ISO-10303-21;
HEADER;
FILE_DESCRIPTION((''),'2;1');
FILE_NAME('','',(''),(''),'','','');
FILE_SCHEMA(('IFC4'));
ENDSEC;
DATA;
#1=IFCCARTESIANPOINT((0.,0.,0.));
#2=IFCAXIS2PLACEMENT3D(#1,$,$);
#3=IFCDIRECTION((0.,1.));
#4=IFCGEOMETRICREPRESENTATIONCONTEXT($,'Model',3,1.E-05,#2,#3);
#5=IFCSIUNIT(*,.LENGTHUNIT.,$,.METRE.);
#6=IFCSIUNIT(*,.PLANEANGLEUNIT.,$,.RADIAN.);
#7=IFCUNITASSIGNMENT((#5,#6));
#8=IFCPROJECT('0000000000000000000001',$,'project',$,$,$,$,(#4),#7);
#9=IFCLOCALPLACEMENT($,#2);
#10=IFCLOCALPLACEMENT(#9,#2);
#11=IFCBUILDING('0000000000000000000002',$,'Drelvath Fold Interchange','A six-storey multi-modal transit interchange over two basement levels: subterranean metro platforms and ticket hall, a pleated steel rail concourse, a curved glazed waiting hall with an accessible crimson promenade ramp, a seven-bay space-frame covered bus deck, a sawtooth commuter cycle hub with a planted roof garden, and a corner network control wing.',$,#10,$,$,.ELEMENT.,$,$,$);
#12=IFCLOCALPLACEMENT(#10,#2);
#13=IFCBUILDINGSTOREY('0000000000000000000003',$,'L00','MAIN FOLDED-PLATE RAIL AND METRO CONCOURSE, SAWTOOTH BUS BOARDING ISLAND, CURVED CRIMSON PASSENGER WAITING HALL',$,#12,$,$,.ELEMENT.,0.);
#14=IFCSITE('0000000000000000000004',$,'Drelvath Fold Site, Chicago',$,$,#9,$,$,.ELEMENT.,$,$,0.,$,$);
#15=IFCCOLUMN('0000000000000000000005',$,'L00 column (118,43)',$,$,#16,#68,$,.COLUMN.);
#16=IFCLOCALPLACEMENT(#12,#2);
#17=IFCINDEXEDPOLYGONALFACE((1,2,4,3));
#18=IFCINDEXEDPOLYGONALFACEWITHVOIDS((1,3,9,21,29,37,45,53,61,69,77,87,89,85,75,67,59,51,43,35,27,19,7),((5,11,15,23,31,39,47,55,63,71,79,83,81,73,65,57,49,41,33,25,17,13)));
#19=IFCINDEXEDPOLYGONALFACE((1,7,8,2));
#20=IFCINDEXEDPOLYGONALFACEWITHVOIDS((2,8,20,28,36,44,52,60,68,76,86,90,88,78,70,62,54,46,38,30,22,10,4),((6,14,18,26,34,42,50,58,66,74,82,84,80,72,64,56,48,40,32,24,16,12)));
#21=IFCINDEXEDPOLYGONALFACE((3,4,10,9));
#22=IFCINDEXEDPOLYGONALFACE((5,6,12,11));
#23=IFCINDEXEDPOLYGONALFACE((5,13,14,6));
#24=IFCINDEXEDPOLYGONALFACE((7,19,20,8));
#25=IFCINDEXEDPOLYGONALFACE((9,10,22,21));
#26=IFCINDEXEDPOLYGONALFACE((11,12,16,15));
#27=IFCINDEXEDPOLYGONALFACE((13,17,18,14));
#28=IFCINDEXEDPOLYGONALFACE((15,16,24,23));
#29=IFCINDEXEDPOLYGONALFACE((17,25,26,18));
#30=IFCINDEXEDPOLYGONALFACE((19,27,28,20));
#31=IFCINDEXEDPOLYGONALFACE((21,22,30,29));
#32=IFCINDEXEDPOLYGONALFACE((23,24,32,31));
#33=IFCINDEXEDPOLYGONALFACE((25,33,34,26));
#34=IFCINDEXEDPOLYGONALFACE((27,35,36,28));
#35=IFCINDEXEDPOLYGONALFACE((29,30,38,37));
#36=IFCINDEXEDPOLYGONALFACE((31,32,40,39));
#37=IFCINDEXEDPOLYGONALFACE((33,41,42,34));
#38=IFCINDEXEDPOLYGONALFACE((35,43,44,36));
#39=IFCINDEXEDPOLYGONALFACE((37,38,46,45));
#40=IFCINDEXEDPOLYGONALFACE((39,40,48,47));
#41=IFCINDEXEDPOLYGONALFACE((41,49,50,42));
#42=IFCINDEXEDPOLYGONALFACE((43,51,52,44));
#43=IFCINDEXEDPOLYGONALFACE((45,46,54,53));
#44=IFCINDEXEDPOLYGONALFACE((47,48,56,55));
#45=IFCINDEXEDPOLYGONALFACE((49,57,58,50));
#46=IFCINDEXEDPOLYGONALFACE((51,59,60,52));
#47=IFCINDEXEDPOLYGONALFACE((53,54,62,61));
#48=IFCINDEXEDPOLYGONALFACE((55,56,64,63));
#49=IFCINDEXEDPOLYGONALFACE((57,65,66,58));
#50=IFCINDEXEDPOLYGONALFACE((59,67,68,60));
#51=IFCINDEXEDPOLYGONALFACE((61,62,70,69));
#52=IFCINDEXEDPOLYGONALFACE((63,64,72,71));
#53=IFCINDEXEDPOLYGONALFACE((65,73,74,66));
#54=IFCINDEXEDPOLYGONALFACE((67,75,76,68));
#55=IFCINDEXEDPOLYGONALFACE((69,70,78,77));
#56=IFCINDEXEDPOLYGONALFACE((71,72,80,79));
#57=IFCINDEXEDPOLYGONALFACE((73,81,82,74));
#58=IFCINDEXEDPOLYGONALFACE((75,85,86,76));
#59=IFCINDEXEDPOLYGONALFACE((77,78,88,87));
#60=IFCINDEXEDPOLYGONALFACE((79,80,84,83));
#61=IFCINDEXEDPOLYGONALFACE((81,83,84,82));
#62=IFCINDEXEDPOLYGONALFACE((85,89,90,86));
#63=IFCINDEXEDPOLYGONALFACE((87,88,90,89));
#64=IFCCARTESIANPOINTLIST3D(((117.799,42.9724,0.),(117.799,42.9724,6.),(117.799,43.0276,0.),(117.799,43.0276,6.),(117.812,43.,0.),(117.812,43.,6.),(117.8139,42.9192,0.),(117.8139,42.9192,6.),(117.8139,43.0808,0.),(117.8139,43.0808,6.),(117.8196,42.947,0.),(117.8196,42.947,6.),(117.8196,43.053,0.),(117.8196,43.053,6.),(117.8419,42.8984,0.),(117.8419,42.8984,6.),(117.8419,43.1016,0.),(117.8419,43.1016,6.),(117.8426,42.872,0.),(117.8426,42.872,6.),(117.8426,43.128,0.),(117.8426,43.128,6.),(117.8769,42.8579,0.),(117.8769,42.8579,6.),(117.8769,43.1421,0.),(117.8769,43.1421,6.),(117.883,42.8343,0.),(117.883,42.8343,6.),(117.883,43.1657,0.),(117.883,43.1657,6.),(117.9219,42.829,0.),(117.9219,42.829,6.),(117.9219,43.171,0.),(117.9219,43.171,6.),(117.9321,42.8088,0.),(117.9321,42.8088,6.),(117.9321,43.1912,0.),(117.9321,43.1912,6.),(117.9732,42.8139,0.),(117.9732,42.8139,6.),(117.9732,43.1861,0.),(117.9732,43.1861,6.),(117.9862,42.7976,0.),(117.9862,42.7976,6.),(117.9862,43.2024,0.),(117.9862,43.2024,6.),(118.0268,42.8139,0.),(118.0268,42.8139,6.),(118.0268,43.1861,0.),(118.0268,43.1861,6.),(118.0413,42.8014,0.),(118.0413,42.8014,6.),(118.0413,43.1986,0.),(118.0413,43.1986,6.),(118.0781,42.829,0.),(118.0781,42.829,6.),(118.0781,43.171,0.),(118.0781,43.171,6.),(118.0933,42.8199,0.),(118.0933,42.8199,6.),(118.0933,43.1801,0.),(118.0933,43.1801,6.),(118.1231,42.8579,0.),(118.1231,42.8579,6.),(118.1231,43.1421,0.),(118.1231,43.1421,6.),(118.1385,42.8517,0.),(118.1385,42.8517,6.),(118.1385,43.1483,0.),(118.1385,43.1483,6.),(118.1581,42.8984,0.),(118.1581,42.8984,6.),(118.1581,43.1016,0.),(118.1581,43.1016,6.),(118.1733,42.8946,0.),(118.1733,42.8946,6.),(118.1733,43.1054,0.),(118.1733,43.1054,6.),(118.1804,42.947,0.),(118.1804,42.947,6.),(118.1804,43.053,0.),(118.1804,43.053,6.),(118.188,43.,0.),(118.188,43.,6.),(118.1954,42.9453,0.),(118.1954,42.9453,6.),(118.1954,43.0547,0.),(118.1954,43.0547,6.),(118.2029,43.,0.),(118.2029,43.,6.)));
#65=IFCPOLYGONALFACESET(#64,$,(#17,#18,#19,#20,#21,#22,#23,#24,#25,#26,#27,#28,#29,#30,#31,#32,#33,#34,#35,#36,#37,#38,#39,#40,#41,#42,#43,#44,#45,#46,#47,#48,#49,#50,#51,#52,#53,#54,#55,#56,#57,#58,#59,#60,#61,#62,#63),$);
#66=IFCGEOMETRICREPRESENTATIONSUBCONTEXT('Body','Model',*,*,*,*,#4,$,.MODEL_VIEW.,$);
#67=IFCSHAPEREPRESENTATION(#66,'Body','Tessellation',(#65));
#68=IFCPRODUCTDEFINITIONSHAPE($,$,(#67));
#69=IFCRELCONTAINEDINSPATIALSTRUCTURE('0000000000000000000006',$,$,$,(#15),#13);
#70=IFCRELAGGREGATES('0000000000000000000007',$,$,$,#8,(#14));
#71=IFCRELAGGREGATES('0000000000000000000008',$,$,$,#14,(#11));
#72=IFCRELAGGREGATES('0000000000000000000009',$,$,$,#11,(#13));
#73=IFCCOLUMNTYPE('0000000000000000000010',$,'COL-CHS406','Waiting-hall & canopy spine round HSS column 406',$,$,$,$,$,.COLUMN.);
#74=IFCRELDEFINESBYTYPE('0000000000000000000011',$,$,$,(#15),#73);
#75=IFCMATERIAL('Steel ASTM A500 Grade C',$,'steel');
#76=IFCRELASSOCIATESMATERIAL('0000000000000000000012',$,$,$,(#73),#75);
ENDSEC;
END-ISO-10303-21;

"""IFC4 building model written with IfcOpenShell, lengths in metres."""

from ifc_helpers import new_model, si_unit, direction, frame, origin, origin_2d, place, context, subcontext, project, spatial, hollow_circle, extrude, material, material_profile, profile_set, type_object, element, save


model = new_model("IFC4")

# Units and contexts
model_context = context("Model", 3, precision=1e-05, world=origin(), true_north=direction((0.0, 1.0)))
body_context = subcontext(model_context, "Body", "Model", "MODEL_VIEW")
ifc_project = project(units=[si_unit("LENGTHUNIT", "METRE"), si_unit("PLANEANGLEUNIT", "RADIAN")], contexts=[model_context])

# Site, building, storey
site_placement = place(None, origin())
site = spatial("IfcSite", under=ifc_project, at=site_placement, Name="Drelvath Fold Site, Chicago", CompositionType="ELEMENT", RefElevation=0.0)
building_placement = place(site_placement, origin())
building = spatial("IfcBuilding", under=site, at=building_placement, Name="Drelvath Fold Interchange", Description="A six-storey multi-modal transit interchange over two basement levels: subterranean metro platforms and ticket hall, a pleated steel rail concourse, a curved glazed waiting hall with an accessible crimson promenade ramp, a seven-bay space-frame covered bus deck, a sawtooth commuter cycle hub with a planted roof garden, and a corner network control wing.", CompositionType="ELEMENT")
storey_placement = place(building_placement, origin())
storey = spatial("IfcBuildingStorey", under=building, at=storey_placement, Name="L00", Description="MAIN FOLDED-PLATE RAIL AND METRO CONCOURSE, SAWTOOTH BUS BOARDING ISLAND, CURVED CRIMSON PASSENGER WAITING HALL", CompositionType="ELEMENT", Elevation=0.0)

# Column
ifc_material_1 = material(Name="Steel ASTM A500 Grade C", Category="steel")
ifc_material_profile_1 = material_profile(ifc_material_1, hollow_circle(Radius=0.2029, WallThickness=0.0149, at=origin_2d()), Name="HSS16.000X0.625")
ifc_profile_set_1 = profile_set([ifc_material_profile_1], Name="Steel ASTM A500 Grade C")
column_type_1 = type_object("IfcColumnType", Name="COL-CHS406", Description="Waiting-hall & canopy spine round HSS column 406", PredefinedType="COLUMN", material=ifc_profile_set_1)
column_placement = place(storey_placement, frame((118.0, 43.0, 0.0), z_axis=(0.0, 0.0, 1.0), x_axis=(1.0, 0.0, 0.0)))
element("IfcColumn", 1, at=column_placement, inside=storey, type_object=column_type_1, Name="L00 column (118,43)", PredefinedType="COLUMN", context=body_context, shape_type="SweptSolid", body=[
    extrude(hollow_circle(Radius=0.2029, WallThickness=0.0149, at=origin_2d()), origin(), (0.0, 0.0, 1.0), 6.0),
])

save(model, "model.ifc")
